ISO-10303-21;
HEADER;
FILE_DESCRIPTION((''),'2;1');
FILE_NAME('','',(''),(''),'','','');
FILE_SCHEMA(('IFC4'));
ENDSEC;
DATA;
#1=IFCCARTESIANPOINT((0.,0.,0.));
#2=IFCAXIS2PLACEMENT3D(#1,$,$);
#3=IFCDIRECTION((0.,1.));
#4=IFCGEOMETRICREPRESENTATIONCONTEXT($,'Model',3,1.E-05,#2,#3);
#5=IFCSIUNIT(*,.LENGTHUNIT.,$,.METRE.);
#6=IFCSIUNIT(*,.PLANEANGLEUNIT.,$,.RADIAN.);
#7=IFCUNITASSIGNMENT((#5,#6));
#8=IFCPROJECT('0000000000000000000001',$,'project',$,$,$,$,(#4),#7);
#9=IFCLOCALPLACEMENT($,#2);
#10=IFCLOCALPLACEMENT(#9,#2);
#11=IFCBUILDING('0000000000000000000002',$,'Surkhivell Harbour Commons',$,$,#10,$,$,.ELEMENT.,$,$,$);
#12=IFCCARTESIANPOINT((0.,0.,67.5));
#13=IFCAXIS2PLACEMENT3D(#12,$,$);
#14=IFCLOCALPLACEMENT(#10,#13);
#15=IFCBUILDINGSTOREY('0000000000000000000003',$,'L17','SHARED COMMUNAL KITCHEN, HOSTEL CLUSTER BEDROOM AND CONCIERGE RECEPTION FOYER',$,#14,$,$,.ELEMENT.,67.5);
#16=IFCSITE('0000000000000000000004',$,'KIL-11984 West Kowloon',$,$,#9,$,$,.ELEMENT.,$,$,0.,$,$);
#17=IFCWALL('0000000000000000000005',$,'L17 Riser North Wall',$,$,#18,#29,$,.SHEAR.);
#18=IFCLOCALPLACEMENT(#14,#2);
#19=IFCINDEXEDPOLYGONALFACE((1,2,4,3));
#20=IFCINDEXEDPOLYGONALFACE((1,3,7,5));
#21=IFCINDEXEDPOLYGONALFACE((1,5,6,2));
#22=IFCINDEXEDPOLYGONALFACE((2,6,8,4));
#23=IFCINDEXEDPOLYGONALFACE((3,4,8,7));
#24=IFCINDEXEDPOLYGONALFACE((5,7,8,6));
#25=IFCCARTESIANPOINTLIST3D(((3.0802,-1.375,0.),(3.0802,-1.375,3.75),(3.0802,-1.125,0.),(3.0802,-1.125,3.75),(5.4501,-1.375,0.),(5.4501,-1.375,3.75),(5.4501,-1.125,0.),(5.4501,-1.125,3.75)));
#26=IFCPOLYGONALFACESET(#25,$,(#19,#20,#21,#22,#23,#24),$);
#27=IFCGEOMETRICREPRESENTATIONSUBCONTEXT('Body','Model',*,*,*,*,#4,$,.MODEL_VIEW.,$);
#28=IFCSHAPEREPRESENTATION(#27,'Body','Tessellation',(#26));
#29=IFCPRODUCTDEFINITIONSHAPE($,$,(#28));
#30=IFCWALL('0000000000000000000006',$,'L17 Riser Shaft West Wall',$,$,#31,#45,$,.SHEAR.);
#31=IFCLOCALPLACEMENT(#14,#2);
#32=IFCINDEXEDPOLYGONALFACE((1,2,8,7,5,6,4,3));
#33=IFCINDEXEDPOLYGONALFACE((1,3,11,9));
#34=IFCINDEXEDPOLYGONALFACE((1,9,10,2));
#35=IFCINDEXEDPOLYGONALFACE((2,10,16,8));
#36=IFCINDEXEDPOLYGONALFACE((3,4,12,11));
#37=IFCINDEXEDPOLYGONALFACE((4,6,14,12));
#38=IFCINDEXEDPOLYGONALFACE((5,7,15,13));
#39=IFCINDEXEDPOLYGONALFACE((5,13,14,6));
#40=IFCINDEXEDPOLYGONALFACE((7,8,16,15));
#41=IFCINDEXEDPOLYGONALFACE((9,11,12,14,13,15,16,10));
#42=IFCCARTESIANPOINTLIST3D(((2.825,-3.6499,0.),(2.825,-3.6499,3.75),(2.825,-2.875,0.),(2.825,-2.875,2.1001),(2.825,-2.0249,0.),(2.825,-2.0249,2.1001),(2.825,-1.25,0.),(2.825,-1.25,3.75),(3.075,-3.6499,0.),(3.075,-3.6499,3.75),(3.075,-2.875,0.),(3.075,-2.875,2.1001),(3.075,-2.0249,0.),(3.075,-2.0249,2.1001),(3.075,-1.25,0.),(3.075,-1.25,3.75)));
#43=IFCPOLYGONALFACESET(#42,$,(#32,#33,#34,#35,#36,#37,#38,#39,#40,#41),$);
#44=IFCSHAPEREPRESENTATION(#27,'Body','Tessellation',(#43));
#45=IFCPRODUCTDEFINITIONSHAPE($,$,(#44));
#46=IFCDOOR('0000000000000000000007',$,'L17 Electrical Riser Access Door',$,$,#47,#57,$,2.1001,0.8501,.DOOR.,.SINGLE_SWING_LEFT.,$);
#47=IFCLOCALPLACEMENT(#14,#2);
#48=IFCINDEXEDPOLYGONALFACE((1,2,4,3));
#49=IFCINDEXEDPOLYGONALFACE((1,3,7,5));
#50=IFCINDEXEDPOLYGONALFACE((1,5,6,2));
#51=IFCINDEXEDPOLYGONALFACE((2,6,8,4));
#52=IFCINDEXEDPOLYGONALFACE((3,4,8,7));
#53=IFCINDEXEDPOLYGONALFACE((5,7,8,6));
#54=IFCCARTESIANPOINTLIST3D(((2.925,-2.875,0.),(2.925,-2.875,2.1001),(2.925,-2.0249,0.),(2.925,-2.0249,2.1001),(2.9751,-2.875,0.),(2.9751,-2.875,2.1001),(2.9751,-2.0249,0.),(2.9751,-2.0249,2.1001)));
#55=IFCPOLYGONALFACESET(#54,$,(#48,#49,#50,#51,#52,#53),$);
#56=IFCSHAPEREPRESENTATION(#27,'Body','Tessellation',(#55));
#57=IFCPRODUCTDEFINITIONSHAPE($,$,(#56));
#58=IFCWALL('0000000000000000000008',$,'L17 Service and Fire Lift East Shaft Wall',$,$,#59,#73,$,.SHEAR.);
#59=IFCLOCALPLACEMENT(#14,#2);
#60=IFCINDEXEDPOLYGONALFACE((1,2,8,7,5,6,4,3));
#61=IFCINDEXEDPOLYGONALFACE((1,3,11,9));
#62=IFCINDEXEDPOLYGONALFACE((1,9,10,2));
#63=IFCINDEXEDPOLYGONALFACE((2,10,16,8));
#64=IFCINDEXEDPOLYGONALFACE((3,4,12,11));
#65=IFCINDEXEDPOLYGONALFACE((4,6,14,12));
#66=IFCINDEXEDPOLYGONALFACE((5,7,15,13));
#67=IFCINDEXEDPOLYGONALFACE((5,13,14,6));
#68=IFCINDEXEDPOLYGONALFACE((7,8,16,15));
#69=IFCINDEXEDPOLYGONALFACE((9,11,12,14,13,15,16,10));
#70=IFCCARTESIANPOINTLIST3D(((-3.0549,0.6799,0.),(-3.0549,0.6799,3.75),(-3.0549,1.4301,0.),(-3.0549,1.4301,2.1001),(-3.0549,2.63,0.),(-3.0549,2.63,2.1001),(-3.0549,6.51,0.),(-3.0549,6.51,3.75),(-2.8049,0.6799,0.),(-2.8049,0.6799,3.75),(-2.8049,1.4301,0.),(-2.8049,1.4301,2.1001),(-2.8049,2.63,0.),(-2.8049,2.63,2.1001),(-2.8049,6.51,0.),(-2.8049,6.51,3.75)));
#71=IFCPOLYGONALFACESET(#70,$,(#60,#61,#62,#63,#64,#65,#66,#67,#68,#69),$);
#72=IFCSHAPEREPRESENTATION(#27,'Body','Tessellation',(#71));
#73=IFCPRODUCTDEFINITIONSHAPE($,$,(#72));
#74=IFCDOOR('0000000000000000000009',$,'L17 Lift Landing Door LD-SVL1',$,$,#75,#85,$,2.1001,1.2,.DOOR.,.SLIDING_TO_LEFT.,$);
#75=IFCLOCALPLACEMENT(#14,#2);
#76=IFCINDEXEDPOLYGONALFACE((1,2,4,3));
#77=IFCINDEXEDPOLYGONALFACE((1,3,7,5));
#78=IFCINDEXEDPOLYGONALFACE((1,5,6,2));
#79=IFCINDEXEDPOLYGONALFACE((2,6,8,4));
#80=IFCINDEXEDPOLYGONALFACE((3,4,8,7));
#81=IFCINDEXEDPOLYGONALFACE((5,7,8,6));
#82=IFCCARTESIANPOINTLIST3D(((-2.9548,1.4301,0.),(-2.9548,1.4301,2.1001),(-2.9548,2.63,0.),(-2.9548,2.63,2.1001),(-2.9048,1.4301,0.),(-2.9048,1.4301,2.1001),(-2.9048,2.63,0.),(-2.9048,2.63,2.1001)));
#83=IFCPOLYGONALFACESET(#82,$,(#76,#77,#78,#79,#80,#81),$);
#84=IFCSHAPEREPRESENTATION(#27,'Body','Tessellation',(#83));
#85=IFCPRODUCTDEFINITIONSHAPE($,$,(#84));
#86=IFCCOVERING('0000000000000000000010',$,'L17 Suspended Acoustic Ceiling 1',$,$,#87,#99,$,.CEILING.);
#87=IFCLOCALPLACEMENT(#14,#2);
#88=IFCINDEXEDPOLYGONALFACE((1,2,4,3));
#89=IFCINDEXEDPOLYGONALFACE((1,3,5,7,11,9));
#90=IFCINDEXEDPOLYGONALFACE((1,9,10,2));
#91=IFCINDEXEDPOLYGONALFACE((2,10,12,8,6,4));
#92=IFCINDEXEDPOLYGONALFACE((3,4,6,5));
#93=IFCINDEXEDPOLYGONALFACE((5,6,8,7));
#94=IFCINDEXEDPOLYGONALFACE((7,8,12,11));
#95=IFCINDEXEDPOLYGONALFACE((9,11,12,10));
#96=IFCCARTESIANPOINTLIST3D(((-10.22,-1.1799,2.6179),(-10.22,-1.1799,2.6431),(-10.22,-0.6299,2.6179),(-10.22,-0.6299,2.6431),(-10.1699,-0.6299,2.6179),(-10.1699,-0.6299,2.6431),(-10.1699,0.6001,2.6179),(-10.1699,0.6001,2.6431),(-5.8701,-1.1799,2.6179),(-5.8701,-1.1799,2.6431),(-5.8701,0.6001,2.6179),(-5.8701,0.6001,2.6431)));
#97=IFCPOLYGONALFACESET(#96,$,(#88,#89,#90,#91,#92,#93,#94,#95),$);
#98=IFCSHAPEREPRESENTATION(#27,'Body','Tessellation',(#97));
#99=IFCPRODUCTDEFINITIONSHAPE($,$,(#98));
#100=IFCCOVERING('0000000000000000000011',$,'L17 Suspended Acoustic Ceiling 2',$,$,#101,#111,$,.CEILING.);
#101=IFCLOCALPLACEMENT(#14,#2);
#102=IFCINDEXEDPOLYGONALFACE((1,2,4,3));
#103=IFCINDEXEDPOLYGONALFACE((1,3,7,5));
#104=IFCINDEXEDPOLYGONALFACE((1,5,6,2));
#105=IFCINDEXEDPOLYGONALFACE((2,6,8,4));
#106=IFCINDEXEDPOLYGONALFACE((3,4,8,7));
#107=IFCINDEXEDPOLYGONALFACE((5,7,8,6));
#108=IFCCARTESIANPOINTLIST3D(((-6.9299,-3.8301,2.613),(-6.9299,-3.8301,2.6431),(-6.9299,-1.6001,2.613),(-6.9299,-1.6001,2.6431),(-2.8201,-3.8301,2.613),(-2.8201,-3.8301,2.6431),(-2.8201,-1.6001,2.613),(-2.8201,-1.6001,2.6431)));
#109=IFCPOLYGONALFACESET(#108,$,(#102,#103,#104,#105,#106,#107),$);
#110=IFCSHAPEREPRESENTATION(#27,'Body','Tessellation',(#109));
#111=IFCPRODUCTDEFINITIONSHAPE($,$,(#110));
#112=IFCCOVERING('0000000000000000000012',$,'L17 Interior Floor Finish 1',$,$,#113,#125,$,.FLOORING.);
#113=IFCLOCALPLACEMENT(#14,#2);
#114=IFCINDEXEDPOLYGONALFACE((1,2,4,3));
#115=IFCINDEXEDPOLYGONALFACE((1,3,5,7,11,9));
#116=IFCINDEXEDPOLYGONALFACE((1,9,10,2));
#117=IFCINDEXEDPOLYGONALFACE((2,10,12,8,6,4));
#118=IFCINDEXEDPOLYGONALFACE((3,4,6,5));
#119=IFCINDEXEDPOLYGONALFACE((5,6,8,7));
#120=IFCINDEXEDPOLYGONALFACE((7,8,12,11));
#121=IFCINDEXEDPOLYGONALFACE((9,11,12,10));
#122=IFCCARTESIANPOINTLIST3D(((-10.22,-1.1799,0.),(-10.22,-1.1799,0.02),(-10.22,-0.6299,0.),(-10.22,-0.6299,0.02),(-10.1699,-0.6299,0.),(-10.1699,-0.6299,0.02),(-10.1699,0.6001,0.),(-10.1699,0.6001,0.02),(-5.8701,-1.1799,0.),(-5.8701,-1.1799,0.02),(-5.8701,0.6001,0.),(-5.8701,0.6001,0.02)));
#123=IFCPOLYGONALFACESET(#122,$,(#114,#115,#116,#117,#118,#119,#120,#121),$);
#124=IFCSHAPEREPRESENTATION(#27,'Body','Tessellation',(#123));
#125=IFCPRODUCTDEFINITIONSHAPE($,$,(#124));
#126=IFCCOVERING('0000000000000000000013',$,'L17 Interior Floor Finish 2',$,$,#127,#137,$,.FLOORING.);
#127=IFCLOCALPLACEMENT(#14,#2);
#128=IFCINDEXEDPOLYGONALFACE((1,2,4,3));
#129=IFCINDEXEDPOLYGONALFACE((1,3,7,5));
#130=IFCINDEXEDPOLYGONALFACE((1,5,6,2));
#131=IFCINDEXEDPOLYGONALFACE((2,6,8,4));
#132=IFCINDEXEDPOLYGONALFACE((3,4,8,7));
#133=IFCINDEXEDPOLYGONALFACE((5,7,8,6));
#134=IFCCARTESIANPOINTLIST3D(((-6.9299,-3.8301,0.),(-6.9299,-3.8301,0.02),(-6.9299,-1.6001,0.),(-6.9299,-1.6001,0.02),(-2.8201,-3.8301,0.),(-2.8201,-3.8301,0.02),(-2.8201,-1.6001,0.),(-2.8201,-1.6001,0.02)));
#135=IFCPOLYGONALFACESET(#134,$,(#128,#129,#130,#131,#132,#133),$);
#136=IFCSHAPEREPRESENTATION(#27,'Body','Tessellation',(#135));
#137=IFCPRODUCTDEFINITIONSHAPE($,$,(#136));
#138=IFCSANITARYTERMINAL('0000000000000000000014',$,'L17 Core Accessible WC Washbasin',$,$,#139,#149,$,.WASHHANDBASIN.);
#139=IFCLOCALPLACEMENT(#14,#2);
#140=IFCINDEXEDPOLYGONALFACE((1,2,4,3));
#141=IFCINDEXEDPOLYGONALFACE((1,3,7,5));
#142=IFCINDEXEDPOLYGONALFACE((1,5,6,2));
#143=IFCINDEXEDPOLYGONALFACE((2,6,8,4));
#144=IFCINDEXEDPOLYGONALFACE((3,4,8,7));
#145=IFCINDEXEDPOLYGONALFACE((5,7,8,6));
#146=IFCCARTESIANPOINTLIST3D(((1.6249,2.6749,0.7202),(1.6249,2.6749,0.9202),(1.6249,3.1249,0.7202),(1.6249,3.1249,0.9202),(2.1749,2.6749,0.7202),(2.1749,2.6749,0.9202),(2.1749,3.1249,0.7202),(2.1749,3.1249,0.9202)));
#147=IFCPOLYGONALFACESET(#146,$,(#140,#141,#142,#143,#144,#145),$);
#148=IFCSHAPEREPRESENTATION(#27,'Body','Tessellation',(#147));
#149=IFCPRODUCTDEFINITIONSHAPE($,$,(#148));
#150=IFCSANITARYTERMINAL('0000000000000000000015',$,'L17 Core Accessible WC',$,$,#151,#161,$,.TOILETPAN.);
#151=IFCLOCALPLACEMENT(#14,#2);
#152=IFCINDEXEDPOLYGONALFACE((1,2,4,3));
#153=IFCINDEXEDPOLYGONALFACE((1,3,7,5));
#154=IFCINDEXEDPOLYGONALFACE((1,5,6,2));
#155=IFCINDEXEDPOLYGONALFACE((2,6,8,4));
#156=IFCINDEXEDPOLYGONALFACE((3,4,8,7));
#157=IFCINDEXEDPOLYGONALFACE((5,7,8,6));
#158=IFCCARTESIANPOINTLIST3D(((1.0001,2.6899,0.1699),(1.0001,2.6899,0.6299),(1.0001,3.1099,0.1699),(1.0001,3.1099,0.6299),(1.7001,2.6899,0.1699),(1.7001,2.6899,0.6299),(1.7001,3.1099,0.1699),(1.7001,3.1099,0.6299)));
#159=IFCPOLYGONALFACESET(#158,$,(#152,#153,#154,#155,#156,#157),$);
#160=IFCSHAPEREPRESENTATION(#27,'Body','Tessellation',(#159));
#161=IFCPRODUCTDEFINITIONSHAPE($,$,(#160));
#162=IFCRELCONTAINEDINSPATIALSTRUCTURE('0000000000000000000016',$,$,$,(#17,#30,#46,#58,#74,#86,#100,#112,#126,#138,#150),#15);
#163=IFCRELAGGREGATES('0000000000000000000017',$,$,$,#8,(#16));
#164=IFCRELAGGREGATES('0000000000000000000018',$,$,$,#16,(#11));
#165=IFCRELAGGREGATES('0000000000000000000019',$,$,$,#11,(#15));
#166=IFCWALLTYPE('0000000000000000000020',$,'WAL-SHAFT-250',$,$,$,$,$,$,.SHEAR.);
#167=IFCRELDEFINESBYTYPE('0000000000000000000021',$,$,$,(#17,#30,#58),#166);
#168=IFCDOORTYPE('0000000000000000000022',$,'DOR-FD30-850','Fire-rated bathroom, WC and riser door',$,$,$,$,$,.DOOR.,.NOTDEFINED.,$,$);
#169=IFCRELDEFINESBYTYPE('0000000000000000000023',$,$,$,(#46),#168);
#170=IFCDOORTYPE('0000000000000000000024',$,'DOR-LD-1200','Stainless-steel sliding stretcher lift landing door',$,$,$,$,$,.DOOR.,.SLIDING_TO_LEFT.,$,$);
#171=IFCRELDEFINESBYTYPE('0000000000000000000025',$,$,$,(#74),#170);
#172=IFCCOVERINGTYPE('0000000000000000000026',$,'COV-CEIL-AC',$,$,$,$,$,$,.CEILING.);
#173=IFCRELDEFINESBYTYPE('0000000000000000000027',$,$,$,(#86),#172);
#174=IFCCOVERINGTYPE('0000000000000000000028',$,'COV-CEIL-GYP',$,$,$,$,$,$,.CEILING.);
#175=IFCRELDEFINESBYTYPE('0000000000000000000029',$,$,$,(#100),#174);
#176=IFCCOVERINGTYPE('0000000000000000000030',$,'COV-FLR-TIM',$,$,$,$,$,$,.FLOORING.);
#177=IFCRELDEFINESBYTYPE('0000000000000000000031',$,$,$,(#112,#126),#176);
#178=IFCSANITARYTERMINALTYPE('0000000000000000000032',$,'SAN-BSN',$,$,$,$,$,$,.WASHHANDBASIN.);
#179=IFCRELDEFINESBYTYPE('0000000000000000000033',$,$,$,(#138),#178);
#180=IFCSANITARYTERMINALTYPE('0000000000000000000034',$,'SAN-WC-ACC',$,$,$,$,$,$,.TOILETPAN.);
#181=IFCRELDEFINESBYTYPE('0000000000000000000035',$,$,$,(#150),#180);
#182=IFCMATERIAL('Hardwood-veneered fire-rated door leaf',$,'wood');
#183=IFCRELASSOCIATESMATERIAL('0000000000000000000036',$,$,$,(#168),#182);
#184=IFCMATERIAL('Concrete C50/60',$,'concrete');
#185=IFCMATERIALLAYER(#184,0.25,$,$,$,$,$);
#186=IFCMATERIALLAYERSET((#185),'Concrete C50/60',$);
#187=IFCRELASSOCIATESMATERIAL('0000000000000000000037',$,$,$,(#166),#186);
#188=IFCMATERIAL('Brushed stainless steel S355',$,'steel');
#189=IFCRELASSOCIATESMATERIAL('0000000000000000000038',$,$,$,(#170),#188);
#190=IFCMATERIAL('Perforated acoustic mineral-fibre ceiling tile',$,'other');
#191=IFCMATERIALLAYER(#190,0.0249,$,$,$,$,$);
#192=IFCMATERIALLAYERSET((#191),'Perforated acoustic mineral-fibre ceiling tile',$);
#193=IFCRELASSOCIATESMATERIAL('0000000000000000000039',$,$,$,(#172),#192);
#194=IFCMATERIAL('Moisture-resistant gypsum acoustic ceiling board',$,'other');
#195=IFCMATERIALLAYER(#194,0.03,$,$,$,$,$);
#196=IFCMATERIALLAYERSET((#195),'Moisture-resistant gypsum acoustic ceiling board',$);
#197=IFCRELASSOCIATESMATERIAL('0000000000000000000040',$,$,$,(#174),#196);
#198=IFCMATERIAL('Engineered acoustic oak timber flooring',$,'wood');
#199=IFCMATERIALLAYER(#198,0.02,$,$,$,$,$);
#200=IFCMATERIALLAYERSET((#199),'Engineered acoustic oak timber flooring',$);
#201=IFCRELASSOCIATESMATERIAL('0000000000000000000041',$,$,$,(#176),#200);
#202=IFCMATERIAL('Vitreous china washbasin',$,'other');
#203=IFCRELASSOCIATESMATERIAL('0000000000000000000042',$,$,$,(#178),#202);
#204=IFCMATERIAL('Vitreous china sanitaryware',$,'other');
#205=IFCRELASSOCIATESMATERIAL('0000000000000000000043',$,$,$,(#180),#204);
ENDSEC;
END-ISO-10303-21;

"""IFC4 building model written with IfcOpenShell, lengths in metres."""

from ifc_helpers import new_model, si_unit, direction, frame, frame_2d, origin, origin_2d, place, context, subcontext, project, spatial, polyline, rectangle, outline, extrude, material, layer, layer_set, type_object, element, fill, save


model = new_model("IFC4")

# Units and contexts
model_context = context("Model", 3, precision=1e-05, world=origin(), true_north=direction((0.0, 1.0)))
body_context = subcontext(model_context, "Body", "Model", "MODEL_VIEW")
ifc_project = project(units=[si_unit("LENGTHUNIT", "METRE"), si_unit("PLANEANGLEUNIT", "RADIAN")], contexts=[model_context])

# Site, building, storey
site_placement = place(None, origin())
site = spatial("IfcSite", under=ifc_project, at=site_placement, Name="KIL-11984 West Kowloon", CompositionType="ELEMENT", RefElevation=0.0)
building_placement = place(site_placement, origin())
building = spatial("IfcBuilding", under=site, at=building_placement, Name="Surkhivell Harbour Commons", CompositionType="ELEMENT")
storey_placement = place(building_placement, frame((0.0, 0.0, 67.5)))
storey = spatial("IfcBuildingStorey", under=building, at=storey_placement, Name="L17", Description="SHARED COMMUNAL KITCHEN, HOSTEL CLUSTER BEDROOM AND CONCIERGE RECEPTION FOYER", CompositionType="ELEMENT", Elevation=67.5)

# Shared definitions
ifc_material_1 = material(Name="Hardwood-veneered fire-rated door leaf", Category="wood")
door_type_1 = type_object("IfcDoorType", Name="DOR-FD30-850", Description="Fire-rated bathroom, WC and riser door", OperationType="NOTDEFINED", PredefinedType="DOOR", material=ifc_material_1)

# Wall
ifc_material_2 = material(Name="Concrete C50/60", Category="concrete")
ifc_layer_1 = layer(ifc_material_2, 0.25)
ifc_layer_set_1 = layer_set([ifc_layer_1], Name="Concrete C50/60")
wall_type_1 = type_object("IfcWallType", Name="WAL-SHAFT-250", PredefinedType="SHEAR", material=ifc_layer_set_1)
for number, where, z_axis, x_axis, name in (
    (1, (3.0801, -1.25, 0.0), (0.0, 0.0, 1.0), (1.0, 0.0, 0.0), "L17 Riser North Wall"),
):
    element("IfcWall", number, at=place(storey_placement, frame(where, z_axis=z_axis, x_axis=x_axis)), inside=storey, type_object=wall_type_1, Name=name, PredefinedType="SHEAR", context=body_context, shape_type="SweptSolid", body=[
        extrude(rectangle(XDim=2.3699, YDim=0.25, at=frame_2d((1.1851, 0.0))), origin(), (0.0, 0.0, 1.0), 3.75),
    ])

# Walls, openings, doors
wall_1_placement = place(storey_placement, frame((2.95, -3.6499, 0.0), z_axis=(0.0, 0.0, 1.0), x_axis=(0.0, 1.0, 0.0)))
wall_1 = element("IfcWall", 2, at=wall_1_placement, inside=storey, type_object=wall_type_1, Name="L17 Riser Shaft West Wall", PredefinedType="SHEAR", context=body_context, shape_type="SweptSolid", body=[
    extrude(rectangle(XDim=2.3999, YDim=0.25, at=frame_2d((1.2, 0.0))), origin(), (0.0, 0.0, 1.0), 3.75),
])
opening_1_placement = place(wall_1_placement, frame((0.7749, 0.0, 0.0)))
opening_1 = element("IfcOpeningElement", 3, at=opening_1_placement, cuts=wall_1, PredefinedType="OPENING", context=body_context, shape_type="SweptSolid", body=[
    extrude(rectangle(XDim=0.8501, YDim=2.1001, at=frame_2d((0.425, 1.05))), frame((0.0, 0.135, 0.0), z_axis=(0.0, -1.0, 0.0), x_axis=(1.0, 0.0, 0.0)), (0.0, 0.0, 1.0), 0.27),
])
door_1_placement = place(opening_1_placement, origin())
door_1 = element("IfcDoor", 4, at=door_1_placement, inside=storey, type_object=door_type_1, Name="L17 Electrical Riser Access Door", OperationType="SINGLE_SWING_LEFT", OverallHeight=2.1001, OverallWidth=0.8501, PredefinedType="DOOR", context=body_context, shape_type="SweptSolid", body=[
    extrude(rectangle(XDim=0.8501, YDim=2.1001, at=frame_2d((0.425, 1.05))), frame((0.0, 0.0249, 0.0), z_axis=(0.0, -1.0, 0.0), x_axis=(1.0, 0.0, 0.0)), (0.0, 0.0, 1.0), 0.05),
])
fill(opening_1, door_1)
wall_2_placement = place(storey_placement, frame((-2.9299, 0.6799, 0.0), z_axis=(0.0, 0.0, 1.0), x_axis=(0.0, 1.0, 0.0)))
wall_2 = element("IfcWall", 5, at=wall_2_placement, inside=storey, type_object=wall_type_1, Name="L17 Service and Fire Lift East Shaft Wall", PredefinedType="SHEAR", context=body_context, shape_type="SweptSolid", body=[
    extrude(rectangle(XDim=5.8301, YDim=0.25, at=frame_2d((2.915, 0.0))), origin(), (0.0, 0.0, 1.0), 3.75),
])
opening_2_placement = place(wall_2_placement, frame((0.75, 0.0, 0.0)))
opening_2 = element("IfcOpeningElement", 6, at=opening_2_placement, cuts=wall_2, PredefinedType="OPENING", context=body_context, shape_type="SweptSolid", body=[
    extrude(rectangle(XDim=1.2, YDim=2.1001, at=frame_2d((0.6001, 1.05))), frame((0.0, 0.135, 0.0), z_axis=(0.0, -1.0, 0.0), x_axis=(1.0, 0.0, 0.0)), (0.0, 0.0, 1.0), 0.27),
])
ifc_material_3 = material(Name="Brushed stainless steel S355", Category="steel")
door_type_2 = type_object("IfcDoorType", Name="DOR-LD-1200", Description="Stainless-steel sliding stretcher lift landing door", OperationType="SLIDING_TO_LEFT", PredefinedType="DOOR", material=ifc_material_3)
door_2_placement = place(opening_2_placement, origin())
door_2 = element("IfcDoor", 7, at=door_2_placement, inside=storey, type_object=door_type_2, Name="L17 Lift Landing Door LD-SVL1", OperationType="SLIDING_TO_LEFT", OverallHeight=2.1001, OverallWidth=1.2, PredefinedType="DOOR", context=body_context, shape_type="SweptSolid", body=[
    extrude(rectangle(XDim=1.2, YDim=2.1001, at=frame_2d((0.6001, 1.05))), frame((0.0, 0.0249, 0.0), z_axis=(0.0, -1.0, 0.0), x_axis=(1.0, 0.0, 0.0)), (0.0, 0.0, 1.0), 0.05),
])
fill(opening_2, door_2)

# Coverings
ifc_material_4 = material(Name="Perforated acoustic mineral-fibre ceiling tile", Category="other")
ifc_layer_2 = layer(ifc_material_4, 0.0249)
ifc_layer_set_2 = layer_set([ifc_layer_2], Name="Perforated acoustic mineral-fibre ceiling tile")
covering_type_1 = type_object("IfcCoveringType", Name="COV-CEIL-AC", PredefinedType="CEILING", material=ifc_layer_set_2)
covering_1_placement = place(storey_placement, frame((0.0, 0.0, 2.6179)))
element("IfcCovering", 8, at=covering_1_placement, inside=storey, type_object=covering_type_1, Name="L17 Suspended Acoustic Ceiling 1", PredefinedType="CEILING", context=body_context, shape_type="SweptSolid", body=[
    extrude(outline(polyline([(-10.22, -1.1799), (-5.8701, -1.1799), (-5.8701, 0.6001), (-10.1699, 0.6001), (-10.1699, -0.6299), (-10.22, -0.6299), (-10.22, -1.1799)])), origin(), (0.0, 0.0, 1.0), 0.0251),
])
ifc_material_5 = material(Name="Moisture-resistant gypsum acoustic ceiling board", Category="other")
ifc_layer_3 = layer(ifc_material_5, 0.03)
ifc_layer_set_3 = layer_set([ifc_layer_3], Name="Moisture-resistant gypsum acoustic ceiling board")
covering_type_2 = type_object("IfcCoveringType", Name="COV-CEIL-GYP", PredefinedType="CEILING", material=ifc_layer_set_3)
covering_2_placement = place(storey_placement, frame((0.0, 0.0, 2.613)))
element("IfcCovering", 9, at=covering_2_placement, inside=storey, type_object=covering_type_2, Name="L17 Suspended Acoustic Ceiling 2", PredefinedType="CEILING", context=body_context, shape_type="SweptSolid", body=[
    extrude(outline(polyline([(-6.9299, -3.8301), (-2.8201, -3.8301), (-2.8201, -1.6001), (-6.9299, -1.6001), (-6.9299, -3.8301)])), origin(), (0.0, 0.0, 1.0), 0.03),
])
ifc_material_6 = material(Name="Engineered acoustic oak timber flooring", Category="wood")
ifc_layer_4 = layer(ifc_material_6, 0.02)
ifc_layer_set_4 = layer_set([ifc_layer_4], Name="Engineered acoustic oak timber flooring")
covering_type_3 = type_object("IfcCoveringType", Name="COV-FLR-TIM", PredefinedType="FLOORING", material=ifc_layer_set_4)
covering_3_placement = place(storey_placement, origin())
element("IfcCovering", 10, at=covering_3_placement, inside=storey, type_object=covering_type_3, Name="L17 Interior Floor Finish 1", PredefinedType="FLOORING", context=body_context, shape_type="SweptSolid", body=[
    extrude(outline(polyline([(-10.22, -1.1799), (-5.8701, -1.1799), (-5.8701, 0.6001), (-10.1699, 0.6001), (-10.1699, -0.6299), (-10.22, -0.6299), (-10.22, -1.1799)])), origin(), (0.0, 0.0, 1.0), 0.02),
])
covering_4_placement = place(storey_placement, origin())
element("IfcCovering", 11, at=covering_4_placement, inside=storey, type_object=covering_type_3, Name="L17 Interior Floor Finish 2", PredefinedType="FLOORING", context=body_context, shape_type="SweptSolid", body=[
    extrude(outline(polyline([(-6.9299, -3.8301), (-2.8201, -3.8301), (-2.8201, -1.6001), (-6.9299, -1.6001), (-6.9299, -3.8301)])), origin(), (0.0, 0.0, 1.0), 0.02),
])

# Sanitary terminals
ifc_material_7 = material(Name="Vitreous china washbasin", Category="other")
sanitary_terminal_type_1 = type_object("IfcSanitaryTerminalType", Name="SAN-BSN", PredefinedType="WASHHANDBASIN", material=ifc_material_7)
sanitary_terminal_1_placement = place(storey_placement, frame((1.8999, 2.8999, 0.7202), z_axis=(0.0, 0.0, 1.0), x_axis=(1.0, 0.0, 0.0)))
element("IfcSanitaryTerminal", 12, at=sanitary_terminal_1_placement, inside=storey, type_object=sanitary_terminal_type_1, Name="L17 Core Accessible WC Washbasin", PredefinedType="WASHHANDBASIN", context=body_context, shape_type="SweptSolid", body=[
    extrude(rectangle(XDim=0.55, YDim=0.45, at=origin_2d()), origin(), (0.0, 0.0, 1.0), 0.2),
])
ifc_material_8 = material(Name="Vitreous china sanitaryware", Category="other")
sanitary_terminal_type_2 = type_object("IfcSanitaryTerminalType", Name="SAN-WC-ACC", PredefinedType="TOILETPAN", material=ifc_material_8)
sanitary_terminal_2_placement = place(storey_placement, frame((1.3501, 2.8999, 0.1699), z_axis=(0.0, 0.0, 1.0), x_axis=(1.0, 0.0, 0.0)))
element("IfcSanitaryTerminal", 13, at=sanitary_terminal_2_placement, inside=storey, type_object=sanitary_terminal_type_2, Name="L17 Core Accessible WC", PredefinedType="TOILETPAN", context=body_context, shape_type="SweptSolid", body=[
    extrude(rectangle(XDim=0.7, YDim=0.4199, at=origin_2d()), origin(), (0.0, 0.0, 1.0), 0.46),
])

save(model, "model.ifc")
